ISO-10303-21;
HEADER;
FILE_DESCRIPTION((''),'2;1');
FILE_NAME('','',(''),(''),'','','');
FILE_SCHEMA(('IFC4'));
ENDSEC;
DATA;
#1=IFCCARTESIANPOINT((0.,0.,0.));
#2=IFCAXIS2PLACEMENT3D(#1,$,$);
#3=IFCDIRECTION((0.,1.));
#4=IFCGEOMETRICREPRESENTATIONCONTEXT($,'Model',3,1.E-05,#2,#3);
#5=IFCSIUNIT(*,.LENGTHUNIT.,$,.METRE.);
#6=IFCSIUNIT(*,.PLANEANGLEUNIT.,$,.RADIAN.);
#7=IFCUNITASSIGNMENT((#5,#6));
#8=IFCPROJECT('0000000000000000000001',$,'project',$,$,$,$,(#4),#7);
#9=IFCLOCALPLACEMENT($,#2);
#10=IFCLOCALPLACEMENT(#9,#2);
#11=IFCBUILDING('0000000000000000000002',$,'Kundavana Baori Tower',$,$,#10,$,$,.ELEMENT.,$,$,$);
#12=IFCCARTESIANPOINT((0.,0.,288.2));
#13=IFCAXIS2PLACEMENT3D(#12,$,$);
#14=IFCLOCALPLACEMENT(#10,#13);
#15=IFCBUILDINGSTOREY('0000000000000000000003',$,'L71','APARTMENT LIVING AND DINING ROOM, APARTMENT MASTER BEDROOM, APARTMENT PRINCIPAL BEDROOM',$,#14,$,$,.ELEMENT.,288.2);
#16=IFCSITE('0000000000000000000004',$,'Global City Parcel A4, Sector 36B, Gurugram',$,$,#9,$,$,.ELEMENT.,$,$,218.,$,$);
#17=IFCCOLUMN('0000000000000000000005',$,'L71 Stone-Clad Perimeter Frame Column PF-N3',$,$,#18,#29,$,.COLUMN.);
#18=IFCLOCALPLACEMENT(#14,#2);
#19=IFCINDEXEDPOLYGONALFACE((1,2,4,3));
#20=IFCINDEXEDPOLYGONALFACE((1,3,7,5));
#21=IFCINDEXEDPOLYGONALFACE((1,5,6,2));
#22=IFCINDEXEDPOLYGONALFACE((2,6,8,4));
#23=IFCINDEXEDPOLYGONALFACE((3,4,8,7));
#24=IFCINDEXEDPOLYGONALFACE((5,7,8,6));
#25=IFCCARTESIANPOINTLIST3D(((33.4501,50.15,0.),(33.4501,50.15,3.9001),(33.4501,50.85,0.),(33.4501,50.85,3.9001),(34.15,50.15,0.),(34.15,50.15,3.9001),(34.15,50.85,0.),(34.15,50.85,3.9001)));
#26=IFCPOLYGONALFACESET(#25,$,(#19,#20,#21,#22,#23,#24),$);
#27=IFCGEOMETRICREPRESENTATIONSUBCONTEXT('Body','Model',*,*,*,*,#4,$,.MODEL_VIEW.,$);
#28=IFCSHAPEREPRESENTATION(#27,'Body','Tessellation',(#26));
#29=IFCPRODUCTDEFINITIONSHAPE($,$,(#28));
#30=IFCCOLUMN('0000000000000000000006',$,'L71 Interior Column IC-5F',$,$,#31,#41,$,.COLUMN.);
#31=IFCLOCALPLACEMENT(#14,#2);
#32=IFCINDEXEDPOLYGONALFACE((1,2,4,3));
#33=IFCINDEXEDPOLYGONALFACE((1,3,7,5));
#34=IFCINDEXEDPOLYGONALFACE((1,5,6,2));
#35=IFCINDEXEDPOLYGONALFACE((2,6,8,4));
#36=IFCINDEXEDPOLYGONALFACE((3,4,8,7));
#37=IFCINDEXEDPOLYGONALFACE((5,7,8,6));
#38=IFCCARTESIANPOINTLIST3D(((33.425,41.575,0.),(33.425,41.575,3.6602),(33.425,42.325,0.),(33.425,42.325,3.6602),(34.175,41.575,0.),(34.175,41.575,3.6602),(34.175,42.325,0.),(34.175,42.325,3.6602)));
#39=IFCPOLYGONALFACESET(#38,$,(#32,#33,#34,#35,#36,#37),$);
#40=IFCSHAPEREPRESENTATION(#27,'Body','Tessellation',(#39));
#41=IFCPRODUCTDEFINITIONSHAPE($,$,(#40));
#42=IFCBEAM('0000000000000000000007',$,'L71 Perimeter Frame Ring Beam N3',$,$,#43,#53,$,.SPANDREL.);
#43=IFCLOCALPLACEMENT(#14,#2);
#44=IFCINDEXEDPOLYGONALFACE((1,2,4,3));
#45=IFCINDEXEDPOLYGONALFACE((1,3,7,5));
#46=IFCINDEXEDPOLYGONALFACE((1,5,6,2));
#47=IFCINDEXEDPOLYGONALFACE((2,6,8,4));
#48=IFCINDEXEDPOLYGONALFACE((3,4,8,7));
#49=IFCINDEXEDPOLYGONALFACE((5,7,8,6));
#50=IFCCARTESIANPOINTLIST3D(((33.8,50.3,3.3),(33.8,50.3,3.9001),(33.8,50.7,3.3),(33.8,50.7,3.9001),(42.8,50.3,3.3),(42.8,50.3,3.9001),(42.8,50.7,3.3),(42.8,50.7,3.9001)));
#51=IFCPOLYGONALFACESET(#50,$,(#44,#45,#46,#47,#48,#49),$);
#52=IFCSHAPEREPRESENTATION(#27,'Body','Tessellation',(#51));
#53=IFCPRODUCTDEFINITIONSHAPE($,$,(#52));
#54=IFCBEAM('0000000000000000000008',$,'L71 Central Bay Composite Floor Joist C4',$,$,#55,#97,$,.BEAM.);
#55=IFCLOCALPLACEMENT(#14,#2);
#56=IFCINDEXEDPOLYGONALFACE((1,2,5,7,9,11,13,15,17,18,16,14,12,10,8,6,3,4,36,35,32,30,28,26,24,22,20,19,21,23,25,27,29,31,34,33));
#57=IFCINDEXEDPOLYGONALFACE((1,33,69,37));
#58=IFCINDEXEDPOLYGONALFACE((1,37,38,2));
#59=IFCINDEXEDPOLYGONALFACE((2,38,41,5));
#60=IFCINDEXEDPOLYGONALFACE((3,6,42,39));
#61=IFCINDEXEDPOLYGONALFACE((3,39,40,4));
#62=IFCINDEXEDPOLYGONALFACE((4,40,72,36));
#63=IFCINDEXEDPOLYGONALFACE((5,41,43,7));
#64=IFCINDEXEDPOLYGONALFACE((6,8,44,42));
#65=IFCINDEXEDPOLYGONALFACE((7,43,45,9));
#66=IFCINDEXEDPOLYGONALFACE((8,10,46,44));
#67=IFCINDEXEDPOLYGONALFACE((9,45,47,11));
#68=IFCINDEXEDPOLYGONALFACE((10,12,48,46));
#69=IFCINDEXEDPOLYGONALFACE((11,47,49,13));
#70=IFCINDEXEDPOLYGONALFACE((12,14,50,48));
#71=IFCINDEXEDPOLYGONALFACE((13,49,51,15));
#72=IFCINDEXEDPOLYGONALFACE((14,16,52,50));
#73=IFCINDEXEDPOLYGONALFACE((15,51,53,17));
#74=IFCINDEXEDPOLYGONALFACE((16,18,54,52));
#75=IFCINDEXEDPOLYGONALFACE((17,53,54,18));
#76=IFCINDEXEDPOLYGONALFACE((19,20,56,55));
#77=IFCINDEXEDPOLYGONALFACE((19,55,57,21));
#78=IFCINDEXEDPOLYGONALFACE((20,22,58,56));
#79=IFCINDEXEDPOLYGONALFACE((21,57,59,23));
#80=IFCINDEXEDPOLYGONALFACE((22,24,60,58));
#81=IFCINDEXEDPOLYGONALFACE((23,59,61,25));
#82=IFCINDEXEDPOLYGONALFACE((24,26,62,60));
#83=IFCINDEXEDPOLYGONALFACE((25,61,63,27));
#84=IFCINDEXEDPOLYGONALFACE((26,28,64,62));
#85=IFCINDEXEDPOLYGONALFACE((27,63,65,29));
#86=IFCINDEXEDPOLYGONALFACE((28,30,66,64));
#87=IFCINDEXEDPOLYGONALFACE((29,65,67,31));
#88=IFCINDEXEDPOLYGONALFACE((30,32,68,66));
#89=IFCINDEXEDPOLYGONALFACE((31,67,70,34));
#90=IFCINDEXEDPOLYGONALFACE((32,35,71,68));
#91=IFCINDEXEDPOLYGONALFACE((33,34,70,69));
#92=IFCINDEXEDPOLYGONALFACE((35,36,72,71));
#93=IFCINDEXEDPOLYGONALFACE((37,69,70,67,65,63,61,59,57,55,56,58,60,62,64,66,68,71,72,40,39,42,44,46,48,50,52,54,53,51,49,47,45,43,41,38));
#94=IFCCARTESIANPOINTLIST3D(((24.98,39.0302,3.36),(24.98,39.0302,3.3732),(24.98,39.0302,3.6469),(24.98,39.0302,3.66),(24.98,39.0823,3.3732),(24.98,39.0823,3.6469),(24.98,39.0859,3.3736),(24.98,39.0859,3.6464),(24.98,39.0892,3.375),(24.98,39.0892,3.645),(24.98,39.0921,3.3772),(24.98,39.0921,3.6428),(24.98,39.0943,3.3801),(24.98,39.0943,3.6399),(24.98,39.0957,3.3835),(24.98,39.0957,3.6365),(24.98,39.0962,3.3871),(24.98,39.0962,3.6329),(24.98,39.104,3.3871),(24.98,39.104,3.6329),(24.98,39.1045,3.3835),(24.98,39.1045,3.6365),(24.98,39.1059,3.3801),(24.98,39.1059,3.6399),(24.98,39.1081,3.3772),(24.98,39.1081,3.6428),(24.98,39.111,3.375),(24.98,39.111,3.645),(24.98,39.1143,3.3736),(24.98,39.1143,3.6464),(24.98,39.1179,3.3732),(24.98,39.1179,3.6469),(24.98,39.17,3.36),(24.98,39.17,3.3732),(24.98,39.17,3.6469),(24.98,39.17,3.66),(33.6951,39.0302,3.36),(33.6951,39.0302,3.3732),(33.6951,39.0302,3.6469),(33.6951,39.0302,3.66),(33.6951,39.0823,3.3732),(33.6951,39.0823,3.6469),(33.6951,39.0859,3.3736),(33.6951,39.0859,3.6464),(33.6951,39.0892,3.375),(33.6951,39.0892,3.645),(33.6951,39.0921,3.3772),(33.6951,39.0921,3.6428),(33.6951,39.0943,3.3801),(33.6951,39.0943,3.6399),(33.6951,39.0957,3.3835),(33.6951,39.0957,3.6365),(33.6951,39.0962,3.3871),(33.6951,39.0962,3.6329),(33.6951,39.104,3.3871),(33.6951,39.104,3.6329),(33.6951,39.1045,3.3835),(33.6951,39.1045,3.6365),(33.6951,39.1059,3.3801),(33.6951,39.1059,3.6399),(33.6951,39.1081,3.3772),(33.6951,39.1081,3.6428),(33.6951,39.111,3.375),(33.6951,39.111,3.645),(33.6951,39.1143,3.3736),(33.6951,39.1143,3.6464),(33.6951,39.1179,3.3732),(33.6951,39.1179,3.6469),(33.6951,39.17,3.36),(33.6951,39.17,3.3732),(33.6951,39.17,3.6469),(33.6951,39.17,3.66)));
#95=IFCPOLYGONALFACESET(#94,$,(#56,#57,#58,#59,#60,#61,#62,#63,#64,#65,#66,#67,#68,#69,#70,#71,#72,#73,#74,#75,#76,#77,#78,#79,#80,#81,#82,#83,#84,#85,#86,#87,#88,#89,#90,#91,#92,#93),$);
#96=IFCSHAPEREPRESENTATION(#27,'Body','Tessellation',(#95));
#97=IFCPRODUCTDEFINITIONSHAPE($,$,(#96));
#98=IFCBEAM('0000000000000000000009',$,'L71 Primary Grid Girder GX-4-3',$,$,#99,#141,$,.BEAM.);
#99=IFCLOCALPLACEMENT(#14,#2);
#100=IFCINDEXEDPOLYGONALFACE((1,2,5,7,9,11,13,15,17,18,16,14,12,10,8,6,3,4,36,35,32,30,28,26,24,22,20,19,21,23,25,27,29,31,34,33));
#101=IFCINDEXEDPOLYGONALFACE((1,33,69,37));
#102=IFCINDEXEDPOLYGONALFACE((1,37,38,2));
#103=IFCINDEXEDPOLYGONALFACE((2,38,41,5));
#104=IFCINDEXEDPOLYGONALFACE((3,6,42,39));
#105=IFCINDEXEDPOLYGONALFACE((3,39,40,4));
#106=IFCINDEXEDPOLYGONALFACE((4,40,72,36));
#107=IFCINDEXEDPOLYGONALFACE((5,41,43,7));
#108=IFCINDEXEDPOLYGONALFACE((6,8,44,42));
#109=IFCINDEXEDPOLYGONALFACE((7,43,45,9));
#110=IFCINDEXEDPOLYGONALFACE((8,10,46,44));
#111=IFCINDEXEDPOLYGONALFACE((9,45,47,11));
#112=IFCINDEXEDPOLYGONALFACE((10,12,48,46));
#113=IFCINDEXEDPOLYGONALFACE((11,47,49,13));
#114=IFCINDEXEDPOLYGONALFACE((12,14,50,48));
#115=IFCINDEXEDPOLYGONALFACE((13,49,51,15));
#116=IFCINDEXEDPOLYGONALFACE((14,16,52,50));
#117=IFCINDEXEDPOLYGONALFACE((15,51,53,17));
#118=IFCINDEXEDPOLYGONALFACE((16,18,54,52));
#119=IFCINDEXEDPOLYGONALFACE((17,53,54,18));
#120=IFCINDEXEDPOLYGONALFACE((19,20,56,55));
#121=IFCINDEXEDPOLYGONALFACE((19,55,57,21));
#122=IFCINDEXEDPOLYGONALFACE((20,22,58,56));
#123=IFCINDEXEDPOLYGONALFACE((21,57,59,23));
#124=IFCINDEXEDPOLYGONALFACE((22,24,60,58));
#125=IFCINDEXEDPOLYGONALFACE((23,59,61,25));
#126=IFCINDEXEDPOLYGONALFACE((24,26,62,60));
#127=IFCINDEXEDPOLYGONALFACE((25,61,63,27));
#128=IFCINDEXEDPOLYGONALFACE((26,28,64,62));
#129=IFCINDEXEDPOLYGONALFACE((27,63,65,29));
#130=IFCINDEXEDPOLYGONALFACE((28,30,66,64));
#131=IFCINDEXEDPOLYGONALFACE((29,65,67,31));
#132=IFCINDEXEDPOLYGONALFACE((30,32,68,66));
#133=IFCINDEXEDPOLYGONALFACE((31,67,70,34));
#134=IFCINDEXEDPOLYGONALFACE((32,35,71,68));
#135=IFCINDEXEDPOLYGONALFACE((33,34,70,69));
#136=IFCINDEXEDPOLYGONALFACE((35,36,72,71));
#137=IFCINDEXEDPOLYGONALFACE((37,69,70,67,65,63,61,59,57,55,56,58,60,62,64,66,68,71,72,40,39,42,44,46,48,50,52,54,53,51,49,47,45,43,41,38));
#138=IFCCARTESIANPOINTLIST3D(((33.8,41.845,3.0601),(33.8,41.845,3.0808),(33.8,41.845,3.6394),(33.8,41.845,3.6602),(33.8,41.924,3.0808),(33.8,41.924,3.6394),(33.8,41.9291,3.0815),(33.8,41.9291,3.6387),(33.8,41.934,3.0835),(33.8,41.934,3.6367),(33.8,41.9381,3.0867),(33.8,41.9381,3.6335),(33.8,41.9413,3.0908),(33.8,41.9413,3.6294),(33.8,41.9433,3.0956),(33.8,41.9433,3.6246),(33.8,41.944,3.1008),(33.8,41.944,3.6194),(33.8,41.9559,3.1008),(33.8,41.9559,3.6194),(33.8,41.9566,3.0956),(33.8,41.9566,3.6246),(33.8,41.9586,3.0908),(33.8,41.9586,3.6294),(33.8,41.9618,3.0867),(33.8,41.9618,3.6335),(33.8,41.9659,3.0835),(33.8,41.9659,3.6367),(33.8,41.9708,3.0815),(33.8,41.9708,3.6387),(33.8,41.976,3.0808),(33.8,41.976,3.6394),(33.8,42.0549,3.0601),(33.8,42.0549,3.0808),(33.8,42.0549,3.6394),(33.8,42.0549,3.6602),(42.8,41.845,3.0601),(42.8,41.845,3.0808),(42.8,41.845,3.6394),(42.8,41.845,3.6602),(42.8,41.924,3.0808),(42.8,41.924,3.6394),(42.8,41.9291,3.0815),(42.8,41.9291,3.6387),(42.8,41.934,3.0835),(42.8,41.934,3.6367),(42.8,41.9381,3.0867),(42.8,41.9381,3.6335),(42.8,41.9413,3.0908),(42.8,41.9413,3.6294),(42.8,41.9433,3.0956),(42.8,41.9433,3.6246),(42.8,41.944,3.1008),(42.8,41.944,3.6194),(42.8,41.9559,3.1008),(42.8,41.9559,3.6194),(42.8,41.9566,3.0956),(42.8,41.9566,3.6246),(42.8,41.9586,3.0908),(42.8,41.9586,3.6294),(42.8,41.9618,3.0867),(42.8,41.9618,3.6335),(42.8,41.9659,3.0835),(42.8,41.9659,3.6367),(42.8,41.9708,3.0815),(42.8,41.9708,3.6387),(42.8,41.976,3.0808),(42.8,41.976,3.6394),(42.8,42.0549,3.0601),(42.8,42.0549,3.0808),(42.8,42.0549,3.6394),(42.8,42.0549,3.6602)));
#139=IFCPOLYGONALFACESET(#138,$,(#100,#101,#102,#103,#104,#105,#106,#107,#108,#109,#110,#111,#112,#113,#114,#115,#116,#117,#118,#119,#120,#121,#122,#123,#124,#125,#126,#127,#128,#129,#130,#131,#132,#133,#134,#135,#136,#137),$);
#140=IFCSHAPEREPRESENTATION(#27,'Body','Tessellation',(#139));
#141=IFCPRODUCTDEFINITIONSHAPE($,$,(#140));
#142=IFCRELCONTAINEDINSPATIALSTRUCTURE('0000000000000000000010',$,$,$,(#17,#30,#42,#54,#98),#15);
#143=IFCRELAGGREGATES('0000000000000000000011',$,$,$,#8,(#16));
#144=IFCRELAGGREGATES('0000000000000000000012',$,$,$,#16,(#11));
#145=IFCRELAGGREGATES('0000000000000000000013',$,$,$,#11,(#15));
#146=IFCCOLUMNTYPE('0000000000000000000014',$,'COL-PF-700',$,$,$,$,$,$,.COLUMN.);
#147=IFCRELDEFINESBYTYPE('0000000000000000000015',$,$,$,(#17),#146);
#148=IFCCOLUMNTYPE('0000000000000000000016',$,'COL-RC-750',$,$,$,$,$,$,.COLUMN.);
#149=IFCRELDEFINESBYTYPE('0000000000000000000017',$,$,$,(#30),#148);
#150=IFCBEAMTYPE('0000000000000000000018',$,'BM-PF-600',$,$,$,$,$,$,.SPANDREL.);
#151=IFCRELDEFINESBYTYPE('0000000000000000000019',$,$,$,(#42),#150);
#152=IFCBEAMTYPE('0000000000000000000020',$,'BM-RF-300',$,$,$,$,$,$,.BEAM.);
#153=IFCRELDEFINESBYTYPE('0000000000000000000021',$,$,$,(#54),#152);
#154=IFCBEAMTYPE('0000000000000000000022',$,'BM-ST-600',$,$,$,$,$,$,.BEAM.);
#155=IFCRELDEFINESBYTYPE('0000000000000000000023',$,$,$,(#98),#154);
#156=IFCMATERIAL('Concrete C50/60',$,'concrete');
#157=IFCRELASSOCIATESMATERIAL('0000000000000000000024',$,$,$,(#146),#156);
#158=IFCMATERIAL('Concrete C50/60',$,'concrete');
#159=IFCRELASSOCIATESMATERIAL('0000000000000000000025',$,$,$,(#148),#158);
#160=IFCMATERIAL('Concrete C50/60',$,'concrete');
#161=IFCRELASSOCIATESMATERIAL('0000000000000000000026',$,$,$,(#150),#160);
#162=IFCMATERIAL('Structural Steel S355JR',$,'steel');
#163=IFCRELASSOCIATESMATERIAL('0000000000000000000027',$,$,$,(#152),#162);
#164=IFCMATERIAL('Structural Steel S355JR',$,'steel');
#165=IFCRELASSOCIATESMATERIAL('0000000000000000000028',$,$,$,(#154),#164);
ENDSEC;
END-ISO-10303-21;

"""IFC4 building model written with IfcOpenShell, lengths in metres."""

from ifc_helpers import new_model, si_unit, direction, frame, origin, origin_2d, place, context, subcontext, project, spatial, rectangle, i_section, extrude, material, material_profile, profile_set, type_object, element, save


model = new_model("IFC4")

# Units and contexts
model_context = context("Model", 3, precision=1e-05, world=origin(), true_north=direction((0.0, 1.0)))
body_context = subcontext(model_context, "Body", "Model", "MODEL_VIEW")
ifc_project = project(units=[si_unit("LENGTHUNIT", "METRE"), si_unit("PLANEANGLEUNIT", "RADIAN")], contexts=[model_context])

# Site, building, storey
site_placement = place(None, origin())
site = spatial("IfcSite", under=ifc_project, at=site_placement, Name="Global City Parcel A4, Sector 36B, Gurugram", CompositionType="ELEMENT", RefElevation=218.0)
building_placement = place(site_placement, origin())
building = spatial("IfcBuilding", under=site, at=building_placement, Name="Kundavana Baori Tower", CompositionType="ELEMENT")
storey_placement = place(building_placement, frame((0.0, 0.0, 288.2)))
storey = spatial("IfcBuildingStorey", under=building, at=storey_placement, Name="L71", Description="APARTMENT LIVING AND DINING ROOM, APARTMENT MASTER BEDROOM, APARTMENT PRINCIPAL BEDROOM", CompositionType="ELEMENT", Elevation=288.2)

# Columns
ifc_material_1 = material(Name="Concrete C50/60", Category="concrete")
ifc_material_profile_1 = material_profile(ifc_material_1, rectangle(XDim=0.7, YDim=0.7, at=origin_2d()), Name="RC PF 700x700")
ifc_profile_set_1 = profile_set([ifc_material_profile_1], Name="Concrete C50/60")
column_type_1 = type_object("IfcColumnType", Name="COL-PF-700", PredefinedType="COLUMN", material=ifc_profile_set_1)
column_1_placement = place(storey_placement, frame((33.8, 50.5, 0.0), z_axis=(0.0, 0.0, 1.0), x_axis=(1.0, 0.0, 0.0)))
element("IfcColumn", 1, at=column_1_placement, inside=storey, type_object=column_type_1, Name="L71 Stone-Clad Perimeter Frame Column PF-N3", PredefinedType="COLUMN", context=body_context, shape_type="SweptSolid", body=[
    extrude(rectangle(XDim=0.7, YDim=0.7, at=origin_2d()), origin(), (0.0, 0.0, 1.0), 3.9001),
])
ifc_material_2 = material(Name="Concrete C50/60", Category="concrete")
ifc_material_profile_2 = material_profile(ifc_material_2, rectangle(XDim=0.75, YDim=0.75, at=origin_2d()), Name="RC 750x750")
ifc_profile_set_2 = profile_set([ifc_material_profile_2], Name="Concrete C50/60")
column_type_2 = type_object("IfcColumnType", Name="COL-RC-750", PredefinedType="COLUMN", material=ifc_profile_set_2)
column_2_placement = place(storey_placement, frame((33.8, 41.95, 0.0), z_axis=(0.0, 0.0, 1.0), x_axis=(1.0, 0.0, 0.0)))
element("IfcColumn", 2, at=column_2_placement, inside=storey, type_object=column_type_2, Name="L71 Interior Column IC-5F", PredefinedType="COLUMN", context=body_context, shape_type="SweptSolid", body=[
    extrude(rectangle(XDim=0.75, YDim=0.75, at=origin_2d()), origin(), (0.0, 0.0, 1.0), 3.6602),
])

# Beams
ifc_material_3 = material(Name="Concrete C50/60", Category="concrete")
ifc_material_profile_3 = material_profile(ifc_material_3, rectangle(XDim=0.3999, YDim=0.6001, at=origin_2d()), Name="RC BM 400x600")
ifc_profile_set_3 = profile_set([ifc_material_profile_3], Name="Concrete C50/60")
beam_type_1 = type_object("IfcBeamType", Name="BM-PF-600", PredefinedType="SPANDREL", material=ifc_profile_set_3)
beam_1_placement = place(storey_placement, frame((33.8, 50.5, 3.6001), z_axis=(1.0, 0.0, 0.0), x_axis=(0.0, 1.0, 0.0)))
element("IfcBeam", 3, at=beam_1_placement, inside=storey, type_object=beam_type_1, Name="L71 Perimeter Frame Ring Beam N3", PredefinedType="SPANDREL", context=body_context, shape_type="SweptSolid", body=[
    extrude(rectangle(XDim=0.3999, YDim=0.6001, at=origin_2d()), origin(), (0.0, 0.0, 1.0), 9.0),
])
ifc_material_4 = material(Name="Structural Steel S355JR", Category="steel")
ifc_material_profile_4 = material_profile(ifc_material_4, i_section(OverallWidth=0.1399, OverallDepth=0.3, WebThickness=0.0078, FlangeThickness=0.0132, FilletRadius=0.0139, at=origin_2d()), Name="ISMB 300")
ifc_profile_set_4 = profile_set([ifc_material_profile_4], Name="Structural Steel S355JR")
beam_type_2 = type_object("IfcBeamType", Name="BM-RF-300", PredefinedType="BEAM", material=ifc_profile_set_4)
beam_2_placement = place(storey_placement, frame((24.98, 39.1001, 3.51), z_axis=(1.0, 0.0, 0.0), x_axis=(0.0, 1.0, 0.0)))
element("IfcBeam", 4, at=beam_2_placement, inside=storey, type_object=beam_type_2, Name="L71 Central Bay Composite Floor Joist C4", PredefinedType="BEAM", context=body_context, shape_type="SweptSolid", body=[
    extrude(i_section(OverallWidth=0.1399, OverallDepth=0.3, WebThickness=0.0078, FlangeThickness=0.0132, FilletRadius=0.0139, at=origin_2d()), origin(), (0.0, 0.0, 1.0), 8.7151),
])
ifc_material_5 = material(Name="Structural Steel S355JR", Category="steel")
ifc_material_profile_5 = material_profile(ifc_material_5, i_section(OverallWidth=0.21, OverallDepth=0.6001, WebThickness=0.012, FlangeThickness=0.0208, FilletRadius=0.02, at=origin_2d()), Name="ISMB 600")
ifc_profile_set_5 = profile_set([ifc_material_profile_5], Name="Structural Steel S355JR")
beam_type_3 = type_object("IfcBeamType", Name="BM-ST-600", PredefinedType="BEAM", material=ifc_profile_set_5)
beam_3_placement = place(storey_placement, frame((33.8, 41.95, 3.3601), z_axis=(1.0, 0.0, 0.0), x_axis=(0.0, 1.0, 0.0)))
element("IfcBeam", 5, at=beam_3_placement, inside=storey, type_object=beam_type_3, Name="L71 Primary Grid Girder GX-4-3", PredefinedType="BEAM", context=body_context, shape_type="SweptSolid", body=[
    extrude(i_section(OverallWidth=0.21, OverallDepth=0.6001, WebThickness=0.012, FlangeThickness=0.0208, FilletRadius=0.02, at=origin_2d()), origin(), (0.0, 0.0, 1.0), 9.0),
])

save(model, "model.ifc")
